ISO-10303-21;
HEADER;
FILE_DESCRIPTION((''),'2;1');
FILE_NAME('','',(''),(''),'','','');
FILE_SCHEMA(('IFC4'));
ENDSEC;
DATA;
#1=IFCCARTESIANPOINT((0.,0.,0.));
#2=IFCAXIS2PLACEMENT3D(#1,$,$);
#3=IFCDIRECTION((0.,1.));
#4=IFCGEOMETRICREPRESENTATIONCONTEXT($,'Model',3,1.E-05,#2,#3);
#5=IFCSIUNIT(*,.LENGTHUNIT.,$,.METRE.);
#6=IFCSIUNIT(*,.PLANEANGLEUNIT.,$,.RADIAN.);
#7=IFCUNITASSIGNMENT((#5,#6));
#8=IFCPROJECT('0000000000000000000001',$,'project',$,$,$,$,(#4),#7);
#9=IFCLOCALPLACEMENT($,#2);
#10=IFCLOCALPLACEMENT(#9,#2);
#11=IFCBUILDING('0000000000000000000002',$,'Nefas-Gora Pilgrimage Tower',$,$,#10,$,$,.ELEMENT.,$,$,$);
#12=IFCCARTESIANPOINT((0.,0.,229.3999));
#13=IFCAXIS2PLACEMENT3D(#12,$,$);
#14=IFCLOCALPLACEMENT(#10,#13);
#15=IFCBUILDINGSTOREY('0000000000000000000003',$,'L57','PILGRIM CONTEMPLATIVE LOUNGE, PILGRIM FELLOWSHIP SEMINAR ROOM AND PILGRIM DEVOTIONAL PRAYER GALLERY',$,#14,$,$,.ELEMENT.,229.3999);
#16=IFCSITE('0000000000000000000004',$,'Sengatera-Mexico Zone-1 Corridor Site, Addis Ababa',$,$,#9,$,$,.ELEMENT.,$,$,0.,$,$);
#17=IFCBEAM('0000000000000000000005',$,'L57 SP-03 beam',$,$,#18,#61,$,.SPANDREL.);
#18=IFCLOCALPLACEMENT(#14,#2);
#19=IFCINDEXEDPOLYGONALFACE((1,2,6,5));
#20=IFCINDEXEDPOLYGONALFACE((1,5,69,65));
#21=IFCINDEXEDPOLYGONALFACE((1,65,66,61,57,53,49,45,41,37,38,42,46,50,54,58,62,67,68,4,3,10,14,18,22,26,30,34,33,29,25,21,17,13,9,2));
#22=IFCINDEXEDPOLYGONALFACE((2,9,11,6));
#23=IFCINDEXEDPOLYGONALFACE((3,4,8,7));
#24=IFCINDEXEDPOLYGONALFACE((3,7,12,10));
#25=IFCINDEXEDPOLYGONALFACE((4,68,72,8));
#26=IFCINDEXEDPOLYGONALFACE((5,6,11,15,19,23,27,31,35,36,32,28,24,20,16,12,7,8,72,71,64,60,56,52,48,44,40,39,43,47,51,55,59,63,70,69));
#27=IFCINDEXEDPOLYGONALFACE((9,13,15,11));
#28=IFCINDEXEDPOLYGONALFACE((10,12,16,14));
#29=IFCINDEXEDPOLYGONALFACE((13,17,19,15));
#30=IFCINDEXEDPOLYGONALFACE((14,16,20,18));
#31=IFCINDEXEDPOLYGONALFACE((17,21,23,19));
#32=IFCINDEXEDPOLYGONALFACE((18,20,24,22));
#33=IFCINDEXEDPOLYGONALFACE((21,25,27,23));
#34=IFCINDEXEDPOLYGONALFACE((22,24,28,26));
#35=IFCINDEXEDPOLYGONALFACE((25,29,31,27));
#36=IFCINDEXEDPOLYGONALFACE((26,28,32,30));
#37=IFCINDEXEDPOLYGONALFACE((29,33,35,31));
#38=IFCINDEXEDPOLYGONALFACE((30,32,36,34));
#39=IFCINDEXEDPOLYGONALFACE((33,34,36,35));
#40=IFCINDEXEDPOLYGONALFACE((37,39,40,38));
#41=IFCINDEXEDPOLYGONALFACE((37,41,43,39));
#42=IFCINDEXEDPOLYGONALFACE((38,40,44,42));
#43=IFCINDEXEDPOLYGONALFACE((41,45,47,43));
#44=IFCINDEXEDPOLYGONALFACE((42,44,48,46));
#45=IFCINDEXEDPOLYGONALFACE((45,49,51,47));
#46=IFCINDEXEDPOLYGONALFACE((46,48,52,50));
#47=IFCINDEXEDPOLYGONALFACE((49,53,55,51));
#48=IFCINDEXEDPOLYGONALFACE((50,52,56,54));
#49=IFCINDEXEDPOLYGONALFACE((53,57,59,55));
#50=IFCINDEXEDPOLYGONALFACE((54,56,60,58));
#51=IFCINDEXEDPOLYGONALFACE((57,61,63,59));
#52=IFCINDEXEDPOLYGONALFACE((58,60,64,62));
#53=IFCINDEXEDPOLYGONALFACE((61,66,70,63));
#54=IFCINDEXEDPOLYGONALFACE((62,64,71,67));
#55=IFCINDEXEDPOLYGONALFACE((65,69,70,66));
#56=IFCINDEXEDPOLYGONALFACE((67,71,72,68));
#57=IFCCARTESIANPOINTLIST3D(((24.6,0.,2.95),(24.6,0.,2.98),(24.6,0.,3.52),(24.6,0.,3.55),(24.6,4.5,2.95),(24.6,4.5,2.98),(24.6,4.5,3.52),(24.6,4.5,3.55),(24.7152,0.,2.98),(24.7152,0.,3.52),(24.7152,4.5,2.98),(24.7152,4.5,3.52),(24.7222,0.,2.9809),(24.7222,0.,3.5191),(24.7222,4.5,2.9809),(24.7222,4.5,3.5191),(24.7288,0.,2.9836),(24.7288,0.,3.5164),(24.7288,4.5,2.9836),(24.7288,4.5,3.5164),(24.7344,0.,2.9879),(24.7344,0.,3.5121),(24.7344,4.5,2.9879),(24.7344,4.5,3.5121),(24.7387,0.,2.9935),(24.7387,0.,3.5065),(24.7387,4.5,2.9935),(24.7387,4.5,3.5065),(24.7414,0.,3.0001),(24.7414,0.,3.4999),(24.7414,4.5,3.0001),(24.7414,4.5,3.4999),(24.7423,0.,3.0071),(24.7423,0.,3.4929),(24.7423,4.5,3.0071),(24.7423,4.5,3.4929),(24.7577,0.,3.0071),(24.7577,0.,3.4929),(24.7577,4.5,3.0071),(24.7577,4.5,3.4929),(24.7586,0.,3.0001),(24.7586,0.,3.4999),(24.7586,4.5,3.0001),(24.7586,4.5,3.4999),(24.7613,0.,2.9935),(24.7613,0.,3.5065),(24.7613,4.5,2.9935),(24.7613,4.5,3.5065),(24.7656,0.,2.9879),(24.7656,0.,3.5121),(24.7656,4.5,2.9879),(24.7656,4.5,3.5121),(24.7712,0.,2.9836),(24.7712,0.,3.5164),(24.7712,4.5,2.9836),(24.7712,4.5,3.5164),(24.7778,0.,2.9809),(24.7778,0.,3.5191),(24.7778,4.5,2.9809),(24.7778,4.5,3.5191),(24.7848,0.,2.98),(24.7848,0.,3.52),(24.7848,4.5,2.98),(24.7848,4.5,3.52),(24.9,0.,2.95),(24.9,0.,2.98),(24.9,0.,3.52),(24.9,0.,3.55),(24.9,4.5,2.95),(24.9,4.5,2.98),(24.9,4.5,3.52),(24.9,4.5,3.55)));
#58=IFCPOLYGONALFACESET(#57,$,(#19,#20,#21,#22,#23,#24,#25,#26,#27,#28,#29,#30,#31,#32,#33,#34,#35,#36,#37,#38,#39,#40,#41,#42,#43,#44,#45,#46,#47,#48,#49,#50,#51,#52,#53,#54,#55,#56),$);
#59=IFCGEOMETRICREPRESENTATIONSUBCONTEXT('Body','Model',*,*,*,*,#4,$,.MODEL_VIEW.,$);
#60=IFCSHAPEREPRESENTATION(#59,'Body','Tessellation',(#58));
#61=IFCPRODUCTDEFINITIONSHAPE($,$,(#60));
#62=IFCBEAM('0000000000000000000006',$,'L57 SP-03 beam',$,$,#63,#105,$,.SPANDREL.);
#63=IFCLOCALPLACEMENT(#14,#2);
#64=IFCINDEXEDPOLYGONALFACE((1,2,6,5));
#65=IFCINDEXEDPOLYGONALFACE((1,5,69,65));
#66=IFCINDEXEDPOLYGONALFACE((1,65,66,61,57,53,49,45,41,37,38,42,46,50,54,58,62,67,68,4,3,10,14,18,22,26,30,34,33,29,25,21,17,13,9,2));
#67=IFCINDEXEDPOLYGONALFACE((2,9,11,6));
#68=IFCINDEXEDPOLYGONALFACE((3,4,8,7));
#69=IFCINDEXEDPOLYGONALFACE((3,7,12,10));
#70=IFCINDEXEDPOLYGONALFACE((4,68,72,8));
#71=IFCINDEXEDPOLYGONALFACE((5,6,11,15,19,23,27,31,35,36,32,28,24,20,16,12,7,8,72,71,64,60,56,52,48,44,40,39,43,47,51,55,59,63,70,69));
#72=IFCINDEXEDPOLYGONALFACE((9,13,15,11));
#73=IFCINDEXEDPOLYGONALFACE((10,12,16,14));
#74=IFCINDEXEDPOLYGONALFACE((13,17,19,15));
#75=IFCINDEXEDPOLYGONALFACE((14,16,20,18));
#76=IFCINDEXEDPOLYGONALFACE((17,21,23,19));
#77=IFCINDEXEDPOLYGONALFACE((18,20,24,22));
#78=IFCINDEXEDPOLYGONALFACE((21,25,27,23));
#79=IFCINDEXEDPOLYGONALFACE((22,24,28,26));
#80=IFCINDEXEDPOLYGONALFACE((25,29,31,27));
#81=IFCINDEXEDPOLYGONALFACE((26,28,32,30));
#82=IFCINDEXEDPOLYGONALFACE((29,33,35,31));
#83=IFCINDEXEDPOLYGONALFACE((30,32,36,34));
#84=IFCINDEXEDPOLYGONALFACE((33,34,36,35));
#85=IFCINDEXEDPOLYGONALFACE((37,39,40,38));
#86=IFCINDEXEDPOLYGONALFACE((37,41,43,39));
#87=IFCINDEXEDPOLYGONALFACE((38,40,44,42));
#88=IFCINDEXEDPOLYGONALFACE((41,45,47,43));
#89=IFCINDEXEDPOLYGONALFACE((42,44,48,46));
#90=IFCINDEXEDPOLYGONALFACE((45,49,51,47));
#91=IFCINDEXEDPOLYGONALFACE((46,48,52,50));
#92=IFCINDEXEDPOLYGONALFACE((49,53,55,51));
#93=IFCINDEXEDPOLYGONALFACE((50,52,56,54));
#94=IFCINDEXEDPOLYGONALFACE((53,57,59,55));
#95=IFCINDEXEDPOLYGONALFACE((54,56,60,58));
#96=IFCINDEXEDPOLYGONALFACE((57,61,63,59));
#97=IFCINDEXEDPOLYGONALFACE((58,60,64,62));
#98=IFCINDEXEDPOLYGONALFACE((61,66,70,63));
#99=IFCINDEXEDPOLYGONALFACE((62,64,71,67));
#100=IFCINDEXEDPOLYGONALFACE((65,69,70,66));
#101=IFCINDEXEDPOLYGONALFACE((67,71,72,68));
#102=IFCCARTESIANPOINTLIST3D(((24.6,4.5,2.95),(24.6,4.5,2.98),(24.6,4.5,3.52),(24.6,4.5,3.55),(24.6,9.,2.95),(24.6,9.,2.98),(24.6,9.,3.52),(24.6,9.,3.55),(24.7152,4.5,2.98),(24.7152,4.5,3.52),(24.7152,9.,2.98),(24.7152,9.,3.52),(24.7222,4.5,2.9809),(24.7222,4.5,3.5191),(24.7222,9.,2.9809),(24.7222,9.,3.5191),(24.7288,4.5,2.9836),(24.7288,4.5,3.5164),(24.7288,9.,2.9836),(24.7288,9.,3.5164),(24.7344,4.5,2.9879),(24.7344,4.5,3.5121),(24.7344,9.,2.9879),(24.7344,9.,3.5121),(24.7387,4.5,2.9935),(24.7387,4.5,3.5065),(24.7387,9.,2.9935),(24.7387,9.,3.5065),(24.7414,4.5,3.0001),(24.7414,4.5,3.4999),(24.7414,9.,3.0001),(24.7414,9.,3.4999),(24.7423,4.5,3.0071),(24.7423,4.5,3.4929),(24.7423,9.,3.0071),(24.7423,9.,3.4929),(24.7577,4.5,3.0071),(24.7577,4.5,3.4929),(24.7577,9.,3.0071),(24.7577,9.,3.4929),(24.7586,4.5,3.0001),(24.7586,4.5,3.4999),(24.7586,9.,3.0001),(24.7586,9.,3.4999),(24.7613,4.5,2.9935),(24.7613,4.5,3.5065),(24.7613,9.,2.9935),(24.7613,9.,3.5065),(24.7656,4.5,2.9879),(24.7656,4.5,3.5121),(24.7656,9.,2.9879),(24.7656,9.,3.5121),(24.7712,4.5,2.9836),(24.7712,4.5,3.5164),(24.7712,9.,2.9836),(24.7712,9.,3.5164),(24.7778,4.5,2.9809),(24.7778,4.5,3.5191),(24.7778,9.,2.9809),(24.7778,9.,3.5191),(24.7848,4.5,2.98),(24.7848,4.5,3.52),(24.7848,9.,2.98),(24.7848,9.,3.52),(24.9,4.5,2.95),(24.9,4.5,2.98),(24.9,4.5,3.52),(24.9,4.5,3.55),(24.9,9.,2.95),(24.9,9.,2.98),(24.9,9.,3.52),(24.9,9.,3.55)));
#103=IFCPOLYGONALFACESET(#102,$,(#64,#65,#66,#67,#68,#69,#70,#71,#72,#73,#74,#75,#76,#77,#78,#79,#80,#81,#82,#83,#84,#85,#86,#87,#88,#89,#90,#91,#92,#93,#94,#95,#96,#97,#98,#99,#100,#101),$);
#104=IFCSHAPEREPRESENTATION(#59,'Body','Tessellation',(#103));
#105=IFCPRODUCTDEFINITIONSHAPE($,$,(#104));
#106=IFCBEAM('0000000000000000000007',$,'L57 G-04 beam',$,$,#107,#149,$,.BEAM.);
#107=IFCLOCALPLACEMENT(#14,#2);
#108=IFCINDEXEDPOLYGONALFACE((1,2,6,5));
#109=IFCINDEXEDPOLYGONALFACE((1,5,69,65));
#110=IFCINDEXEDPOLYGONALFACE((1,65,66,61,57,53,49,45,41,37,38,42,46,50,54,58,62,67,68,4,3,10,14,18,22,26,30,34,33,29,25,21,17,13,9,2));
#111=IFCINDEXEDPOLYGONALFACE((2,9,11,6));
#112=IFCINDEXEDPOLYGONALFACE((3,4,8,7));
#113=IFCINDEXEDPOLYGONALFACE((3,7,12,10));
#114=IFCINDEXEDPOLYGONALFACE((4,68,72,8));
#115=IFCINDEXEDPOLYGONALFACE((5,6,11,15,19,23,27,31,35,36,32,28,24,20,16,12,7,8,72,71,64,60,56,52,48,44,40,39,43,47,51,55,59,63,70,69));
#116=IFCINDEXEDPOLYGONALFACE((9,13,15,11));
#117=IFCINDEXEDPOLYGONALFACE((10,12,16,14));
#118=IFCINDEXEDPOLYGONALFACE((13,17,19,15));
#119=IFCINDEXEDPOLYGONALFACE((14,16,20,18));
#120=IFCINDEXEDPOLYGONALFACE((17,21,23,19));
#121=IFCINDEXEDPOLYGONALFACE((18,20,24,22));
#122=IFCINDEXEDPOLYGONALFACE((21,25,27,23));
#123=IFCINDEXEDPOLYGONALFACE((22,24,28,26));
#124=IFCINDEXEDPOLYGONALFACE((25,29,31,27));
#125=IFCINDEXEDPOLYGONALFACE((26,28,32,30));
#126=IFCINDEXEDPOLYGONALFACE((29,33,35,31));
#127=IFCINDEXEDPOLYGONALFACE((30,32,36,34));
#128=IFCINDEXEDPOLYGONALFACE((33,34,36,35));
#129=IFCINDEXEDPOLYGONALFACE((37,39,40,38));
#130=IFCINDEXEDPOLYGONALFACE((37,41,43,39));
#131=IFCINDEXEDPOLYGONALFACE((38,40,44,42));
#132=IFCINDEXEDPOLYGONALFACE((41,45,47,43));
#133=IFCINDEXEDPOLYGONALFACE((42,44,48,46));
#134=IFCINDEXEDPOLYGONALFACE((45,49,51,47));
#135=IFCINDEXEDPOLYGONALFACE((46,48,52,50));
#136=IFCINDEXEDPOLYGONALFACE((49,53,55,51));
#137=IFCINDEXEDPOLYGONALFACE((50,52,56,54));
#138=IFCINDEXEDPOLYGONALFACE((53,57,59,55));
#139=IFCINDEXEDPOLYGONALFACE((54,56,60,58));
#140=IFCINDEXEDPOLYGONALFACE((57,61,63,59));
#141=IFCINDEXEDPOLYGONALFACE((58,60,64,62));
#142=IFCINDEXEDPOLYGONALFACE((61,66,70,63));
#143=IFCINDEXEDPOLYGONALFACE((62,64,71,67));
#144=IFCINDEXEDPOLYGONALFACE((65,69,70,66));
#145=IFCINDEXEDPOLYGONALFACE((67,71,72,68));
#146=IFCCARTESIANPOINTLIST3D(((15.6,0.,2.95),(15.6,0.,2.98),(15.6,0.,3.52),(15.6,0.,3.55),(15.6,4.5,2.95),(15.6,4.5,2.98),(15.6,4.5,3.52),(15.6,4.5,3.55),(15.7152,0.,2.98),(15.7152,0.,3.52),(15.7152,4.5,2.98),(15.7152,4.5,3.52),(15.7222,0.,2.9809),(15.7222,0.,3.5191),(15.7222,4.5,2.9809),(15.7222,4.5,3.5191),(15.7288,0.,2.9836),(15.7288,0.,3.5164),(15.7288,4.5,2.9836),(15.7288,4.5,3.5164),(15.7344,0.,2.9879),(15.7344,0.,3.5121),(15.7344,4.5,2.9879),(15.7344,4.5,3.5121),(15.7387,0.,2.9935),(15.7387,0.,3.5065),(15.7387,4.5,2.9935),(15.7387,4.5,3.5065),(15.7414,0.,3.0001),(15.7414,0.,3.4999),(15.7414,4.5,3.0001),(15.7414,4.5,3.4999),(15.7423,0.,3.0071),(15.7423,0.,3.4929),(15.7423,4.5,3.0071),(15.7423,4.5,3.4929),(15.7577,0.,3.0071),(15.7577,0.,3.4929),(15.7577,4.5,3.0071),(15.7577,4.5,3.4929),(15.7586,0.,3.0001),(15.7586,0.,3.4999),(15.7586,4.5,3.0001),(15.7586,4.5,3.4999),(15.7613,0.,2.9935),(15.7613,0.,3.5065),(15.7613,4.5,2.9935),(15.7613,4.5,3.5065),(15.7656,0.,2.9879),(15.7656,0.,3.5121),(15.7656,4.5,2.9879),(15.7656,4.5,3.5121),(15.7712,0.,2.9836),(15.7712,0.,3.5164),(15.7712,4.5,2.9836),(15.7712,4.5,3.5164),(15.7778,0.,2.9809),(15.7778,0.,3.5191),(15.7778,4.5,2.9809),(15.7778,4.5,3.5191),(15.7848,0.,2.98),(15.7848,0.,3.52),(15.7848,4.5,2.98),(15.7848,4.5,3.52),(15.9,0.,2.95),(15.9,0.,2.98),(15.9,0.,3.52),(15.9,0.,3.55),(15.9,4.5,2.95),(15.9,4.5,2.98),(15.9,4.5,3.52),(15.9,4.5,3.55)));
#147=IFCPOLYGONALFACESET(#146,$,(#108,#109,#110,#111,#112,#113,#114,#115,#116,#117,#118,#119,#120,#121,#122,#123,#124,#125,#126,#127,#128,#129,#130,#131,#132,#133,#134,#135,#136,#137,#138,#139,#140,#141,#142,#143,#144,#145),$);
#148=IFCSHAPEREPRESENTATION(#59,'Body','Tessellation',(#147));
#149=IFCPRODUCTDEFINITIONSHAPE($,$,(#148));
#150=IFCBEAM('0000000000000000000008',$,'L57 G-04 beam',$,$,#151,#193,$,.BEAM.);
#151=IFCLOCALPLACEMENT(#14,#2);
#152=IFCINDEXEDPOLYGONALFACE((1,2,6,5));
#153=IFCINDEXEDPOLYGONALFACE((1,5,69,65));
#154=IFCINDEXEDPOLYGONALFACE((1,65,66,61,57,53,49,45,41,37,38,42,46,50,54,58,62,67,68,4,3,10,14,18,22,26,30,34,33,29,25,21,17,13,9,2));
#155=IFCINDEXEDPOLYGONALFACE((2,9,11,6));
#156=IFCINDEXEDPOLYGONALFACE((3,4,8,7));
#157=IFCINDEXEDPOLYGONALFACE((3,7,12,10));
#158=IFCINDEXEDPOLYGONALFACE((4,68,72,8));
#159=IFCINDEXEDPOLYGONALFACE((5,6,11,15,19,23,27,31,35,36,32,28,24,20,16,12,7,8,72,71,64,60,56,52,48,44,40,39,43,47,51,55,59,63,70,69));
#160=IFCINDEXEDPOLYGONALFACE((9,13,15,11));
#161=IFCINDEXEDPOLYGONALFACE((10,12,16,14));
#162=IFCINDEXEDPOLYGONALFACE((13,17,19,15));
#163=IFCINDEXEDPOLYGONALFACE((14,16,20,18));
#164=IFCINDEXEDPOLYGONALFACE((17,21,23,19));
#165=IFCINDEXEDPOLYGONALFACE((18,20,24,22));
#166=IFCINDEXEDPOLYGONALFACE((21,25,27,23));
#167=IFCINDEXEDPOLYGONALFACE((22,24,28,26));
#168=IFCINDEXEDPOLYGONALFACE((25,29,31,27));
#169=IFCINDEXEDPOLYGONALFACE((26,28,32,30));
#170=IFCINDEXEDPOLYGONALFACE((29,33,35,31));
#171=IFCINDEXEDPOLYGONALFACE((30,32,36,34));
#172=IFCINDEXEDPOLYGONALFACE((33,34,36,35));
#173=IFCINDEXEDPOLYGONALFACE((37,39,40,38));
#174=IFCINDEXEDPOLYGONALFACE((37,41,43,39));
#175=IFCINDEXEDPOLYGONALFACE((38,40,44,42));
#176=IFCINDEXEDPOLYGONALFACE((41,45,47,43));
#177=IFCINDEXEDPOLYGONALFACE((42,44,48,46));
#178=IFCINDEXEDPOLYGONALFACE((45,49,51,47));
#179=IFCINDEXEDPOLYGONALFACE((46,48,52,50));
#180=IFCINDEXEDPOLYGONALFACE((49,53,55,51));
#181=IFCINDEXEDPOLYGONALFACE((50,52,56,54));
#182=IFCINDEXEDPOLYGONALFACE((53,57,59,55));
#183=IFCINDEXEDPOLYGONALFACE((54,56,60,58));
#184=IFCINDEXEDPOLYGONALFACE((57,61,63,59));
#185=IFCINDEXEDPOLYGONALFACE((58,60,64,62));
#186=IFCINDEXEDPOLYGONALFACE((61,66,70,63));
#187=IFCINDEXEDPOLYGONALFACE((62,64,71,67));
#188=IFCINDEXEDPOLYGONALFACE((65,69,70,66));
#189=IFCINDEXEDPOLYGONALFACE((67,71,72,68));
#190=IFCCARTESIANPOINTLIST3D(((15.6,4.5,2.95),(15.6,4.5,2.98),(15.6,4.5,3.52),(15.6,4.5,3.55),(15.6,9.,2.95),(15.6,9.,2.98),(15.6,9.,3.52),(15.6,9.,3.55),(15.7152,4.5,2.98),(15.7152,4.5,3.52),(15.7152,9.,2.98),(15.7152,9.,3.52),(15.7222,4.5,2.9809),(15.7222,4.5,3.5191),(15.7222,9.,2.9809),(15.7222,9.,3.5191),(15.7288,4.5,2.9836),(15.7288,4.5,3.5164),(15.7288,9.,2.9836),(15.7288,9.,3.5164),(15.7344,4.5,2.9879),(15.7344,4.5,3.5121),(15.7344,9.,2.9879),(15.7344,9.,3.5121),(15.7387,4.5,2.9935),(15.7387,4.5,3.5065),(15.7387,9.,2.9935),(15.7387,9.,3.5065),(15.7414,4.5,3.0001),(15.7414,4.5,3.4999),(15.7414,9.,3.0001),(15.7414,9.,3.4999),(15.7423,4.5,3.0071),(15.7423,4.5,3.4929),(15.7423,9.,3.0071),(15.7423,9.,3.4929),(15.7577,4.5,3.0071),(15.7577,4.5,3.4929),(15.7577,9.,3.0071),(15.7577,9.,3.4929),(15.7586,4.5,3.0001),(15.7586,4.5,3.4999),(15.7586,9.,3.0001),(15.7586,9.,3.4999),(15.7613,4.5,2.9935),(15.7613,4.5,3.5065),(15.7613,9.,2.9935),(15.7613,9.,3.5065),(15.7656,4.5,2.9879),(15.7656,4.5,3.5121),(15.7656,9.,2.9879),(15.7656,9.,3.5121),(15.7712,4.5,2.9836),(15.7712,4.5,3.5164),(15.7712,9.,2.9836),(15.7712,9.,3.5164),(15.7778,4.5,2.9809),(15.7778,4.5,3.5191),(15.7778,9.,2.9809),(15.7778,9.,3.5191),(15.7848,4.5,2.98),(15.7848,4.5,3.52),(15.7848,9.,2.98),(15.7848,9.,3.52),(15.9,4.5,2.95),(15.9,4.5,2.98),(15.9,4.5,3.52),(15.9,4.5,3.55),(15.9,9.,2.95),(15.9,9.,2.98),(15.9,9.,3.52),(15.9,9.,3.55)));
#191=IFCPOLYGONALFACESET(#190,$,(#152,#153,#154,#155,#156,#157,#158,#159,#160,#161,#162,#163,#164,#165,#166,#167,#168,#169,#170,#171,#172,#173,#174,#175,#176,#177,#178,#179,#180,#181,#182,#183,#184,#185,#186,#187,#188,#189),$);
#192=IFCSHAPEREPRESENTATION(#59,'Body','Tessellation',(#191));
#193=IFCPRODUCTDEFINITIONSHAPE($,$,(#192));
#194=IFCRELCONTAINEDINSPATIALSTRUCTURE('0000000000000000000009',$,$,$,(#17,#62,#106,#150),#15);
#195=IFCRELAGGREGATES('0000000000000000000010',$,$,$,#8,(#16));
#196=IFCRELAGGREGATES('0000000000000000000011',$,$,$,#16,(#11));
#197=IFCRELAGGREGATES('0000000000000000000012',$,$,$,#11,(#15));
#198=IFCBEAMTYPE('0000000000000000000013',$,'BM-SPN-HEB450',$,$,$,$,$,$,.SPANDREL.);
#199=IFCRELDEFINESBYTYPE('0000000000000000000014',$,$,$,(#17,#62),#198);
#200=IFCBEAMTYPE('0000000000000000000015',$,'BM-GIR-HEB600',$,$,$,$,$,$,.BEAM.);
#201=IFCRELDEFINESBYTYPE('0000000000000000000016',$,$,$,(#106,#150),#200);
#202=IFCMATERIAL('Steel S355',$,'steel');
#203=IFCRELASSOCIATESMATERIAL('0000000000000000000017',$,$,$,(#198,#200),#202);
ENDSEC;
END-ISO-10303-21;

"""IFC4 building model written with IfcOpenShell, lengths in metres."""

from ifc_helpers import new_model, si_unit, direction, frame, origin, origin_2d, place, context, subcontext, project, spatial, i_section, extrude, source, transform, mapped, material, material_profile, profile_set, type_object, element, save


model = new_model("IFC4")

# Units and contexts
model_context = context("Model", 3, precision=1e-05, world=origin(), true_north=direction((0.0, 1.0)))
body_context = subcontext(model_context, "Body", "Model", "MODEL_VIEW")
ifc_project = project(units=[si_unit("LENGTHUNIT", "METRE"), si_unit("PLANEANGLEUNIT", "RADIAN")], contexts=[model_context])

# Site, building, storey
site_placement = place(None, origin())
site = spatial("IfcSite", under=ifc_project, at=site_placement, Name="Sengatera-Mexico Zone-1 Corridor Site, Addis Ababa", CompositionType="ELEMENT", RefElevation=0.0)
building_placement = place(site_placement, origin())
building = spatial("IfcBuilding", under=site, at=building_placement, Name="Nefas-Gora Pilgrimage Tower", CompositionType="ELEMENT")
storey_placement = place(building_placement, frame((0.0, 0.0, 229.3999)))
storey = spatial("IfcBuildingStorey", under=building, at=storey_placement, Name="L57", Description="PILGRIM CONTEMPLATIVE LOUNGE, PILGRIM FELLOWSHIP SEMINAR ROOM AND PILGRIM DEVOTIONAL PRAYER GALLERY", CompositionType="ELEMENT", Elevation=229.3999)

# Beams
ifc_material_1 = material(Name="Steel S355", Category="steel")
ifc_material_profile_1 = material_profile(ifc_material_1, i_section(OverallWidth=0.3, OverallDepth=0.6001, WebThickness=0.0154, FlangeThickness=0.03, FilletRadius=0.0271, at=origin_2d()), Name="HEB 600")
ifc_profile_set_1 = profile_set([ifc_material_profile_1], Name="Steel S355")
beam_type_1 = type_object("IfcBeamType", Name="BM-SPN-HEB450", PredefinedType="SPANDREL", material=ifc_profile_set_1)
shared_shape_1 = source(origin(), body_context, "Body", "SweptSolid", [
    extrude(i_section(OverallWidth=0.3, OverallDepth=0.6001, WebThickness=0.0154, FlangeThickness=0.03, FilletRadius=0.0271, at=origin_2d()), origin(), (0.0, 0.0, 1.0), 4.5),
])
for number, where, z_axis, x_axis, name in (
    (1, (24.75, 0.0, 3.25), (0.0, 1.0, 0.0), (-1.0, 0.0, 0.0), "L57 SP-03 beam"),
    (2, (24.75, 4.5, 3.25), (0.0, 1.0, 0.0), (-1.0, 0.0, 0.0), "L57 SP-03 beam"),
):
    element("IfcBeam", number, at=place(storey_placement, frame(where, z_axis=z_axis, x_axis=x_axis)), inside=storey, type_object=beam_type_1, Name=name, PredefinedType="SPANDREL", context=body_context, shape_type="MappedRepresentation", body=[
        mapped(shared_shape_1, transform((0.0, 0.0, 0.0), x_axis=(1.0, 0.0, 0.0), y_axis=(0.0, 1.0, 0.0), z_axis=(0.0, 0.0, 1.0), scale=1.0)),
    ])
ifc_material_profile_2 = material_profile(ifc_material_1, i_section(OverallWidth=0.3, OverallDepth=0.6001, WebThickness=0.0154, FlangeThickness=0.03, FilletRadius=0.0271, at=origin_2d()), Name="HEB 600")
ifc_profile_set_2 = profile_set([ifc_material_profile_2], Name="Steel S355")
beam_type_2 = type_object("IfcBeamType", Name="BM-GIR-HEB600", PredefinedType="BEAM", material=ifc_profile_set_2)
shared_shape_2 = source(origin(), body_context, "Body", "SweptSolid", [
    extrude(i_section(OverallWidth=0.3, OverallDepth=0.6001, WebThickness=0.0154, FlangeThickness=0.03, FilletRadius=0.0271, at=origin_2d()), origin(), (0.0, 0.0, 1.0), 4.5),
])
for number, where, z_axis, x_axis, name in (
    (3, (15.75, 0.0, 3.25), (0.0, 1.0, 0.0), (-1.0, 0.0, 0.0), "L57 G-04 beam"),
    (4, (15.75, 4.5, 3.25), (0.0, 1.0, 0.0), (-1.0, 0.0, 0.0), "L57 G-04 beam"),
):
    element("IfcBeam", number, at=place(storey_placement, frame(where, z_axis=z_axis, x_axis=x_axis)), inside=storey, type_object=beam_type_2, Name=name, PredefinedType="BEAM", context=body_context, shape_type="MappedRepresentation", body=[
        mapped(shared_shape_2, transform((0.0, 0.0, 0.0), x_axis=(1.0, 0.0, 0.0), y_axis=(0.0, 1.0, 0.0), z_axis=(0.0, 0.0, 1.0), scale=1.0)),
    ])

save(model, "model.ifc")
